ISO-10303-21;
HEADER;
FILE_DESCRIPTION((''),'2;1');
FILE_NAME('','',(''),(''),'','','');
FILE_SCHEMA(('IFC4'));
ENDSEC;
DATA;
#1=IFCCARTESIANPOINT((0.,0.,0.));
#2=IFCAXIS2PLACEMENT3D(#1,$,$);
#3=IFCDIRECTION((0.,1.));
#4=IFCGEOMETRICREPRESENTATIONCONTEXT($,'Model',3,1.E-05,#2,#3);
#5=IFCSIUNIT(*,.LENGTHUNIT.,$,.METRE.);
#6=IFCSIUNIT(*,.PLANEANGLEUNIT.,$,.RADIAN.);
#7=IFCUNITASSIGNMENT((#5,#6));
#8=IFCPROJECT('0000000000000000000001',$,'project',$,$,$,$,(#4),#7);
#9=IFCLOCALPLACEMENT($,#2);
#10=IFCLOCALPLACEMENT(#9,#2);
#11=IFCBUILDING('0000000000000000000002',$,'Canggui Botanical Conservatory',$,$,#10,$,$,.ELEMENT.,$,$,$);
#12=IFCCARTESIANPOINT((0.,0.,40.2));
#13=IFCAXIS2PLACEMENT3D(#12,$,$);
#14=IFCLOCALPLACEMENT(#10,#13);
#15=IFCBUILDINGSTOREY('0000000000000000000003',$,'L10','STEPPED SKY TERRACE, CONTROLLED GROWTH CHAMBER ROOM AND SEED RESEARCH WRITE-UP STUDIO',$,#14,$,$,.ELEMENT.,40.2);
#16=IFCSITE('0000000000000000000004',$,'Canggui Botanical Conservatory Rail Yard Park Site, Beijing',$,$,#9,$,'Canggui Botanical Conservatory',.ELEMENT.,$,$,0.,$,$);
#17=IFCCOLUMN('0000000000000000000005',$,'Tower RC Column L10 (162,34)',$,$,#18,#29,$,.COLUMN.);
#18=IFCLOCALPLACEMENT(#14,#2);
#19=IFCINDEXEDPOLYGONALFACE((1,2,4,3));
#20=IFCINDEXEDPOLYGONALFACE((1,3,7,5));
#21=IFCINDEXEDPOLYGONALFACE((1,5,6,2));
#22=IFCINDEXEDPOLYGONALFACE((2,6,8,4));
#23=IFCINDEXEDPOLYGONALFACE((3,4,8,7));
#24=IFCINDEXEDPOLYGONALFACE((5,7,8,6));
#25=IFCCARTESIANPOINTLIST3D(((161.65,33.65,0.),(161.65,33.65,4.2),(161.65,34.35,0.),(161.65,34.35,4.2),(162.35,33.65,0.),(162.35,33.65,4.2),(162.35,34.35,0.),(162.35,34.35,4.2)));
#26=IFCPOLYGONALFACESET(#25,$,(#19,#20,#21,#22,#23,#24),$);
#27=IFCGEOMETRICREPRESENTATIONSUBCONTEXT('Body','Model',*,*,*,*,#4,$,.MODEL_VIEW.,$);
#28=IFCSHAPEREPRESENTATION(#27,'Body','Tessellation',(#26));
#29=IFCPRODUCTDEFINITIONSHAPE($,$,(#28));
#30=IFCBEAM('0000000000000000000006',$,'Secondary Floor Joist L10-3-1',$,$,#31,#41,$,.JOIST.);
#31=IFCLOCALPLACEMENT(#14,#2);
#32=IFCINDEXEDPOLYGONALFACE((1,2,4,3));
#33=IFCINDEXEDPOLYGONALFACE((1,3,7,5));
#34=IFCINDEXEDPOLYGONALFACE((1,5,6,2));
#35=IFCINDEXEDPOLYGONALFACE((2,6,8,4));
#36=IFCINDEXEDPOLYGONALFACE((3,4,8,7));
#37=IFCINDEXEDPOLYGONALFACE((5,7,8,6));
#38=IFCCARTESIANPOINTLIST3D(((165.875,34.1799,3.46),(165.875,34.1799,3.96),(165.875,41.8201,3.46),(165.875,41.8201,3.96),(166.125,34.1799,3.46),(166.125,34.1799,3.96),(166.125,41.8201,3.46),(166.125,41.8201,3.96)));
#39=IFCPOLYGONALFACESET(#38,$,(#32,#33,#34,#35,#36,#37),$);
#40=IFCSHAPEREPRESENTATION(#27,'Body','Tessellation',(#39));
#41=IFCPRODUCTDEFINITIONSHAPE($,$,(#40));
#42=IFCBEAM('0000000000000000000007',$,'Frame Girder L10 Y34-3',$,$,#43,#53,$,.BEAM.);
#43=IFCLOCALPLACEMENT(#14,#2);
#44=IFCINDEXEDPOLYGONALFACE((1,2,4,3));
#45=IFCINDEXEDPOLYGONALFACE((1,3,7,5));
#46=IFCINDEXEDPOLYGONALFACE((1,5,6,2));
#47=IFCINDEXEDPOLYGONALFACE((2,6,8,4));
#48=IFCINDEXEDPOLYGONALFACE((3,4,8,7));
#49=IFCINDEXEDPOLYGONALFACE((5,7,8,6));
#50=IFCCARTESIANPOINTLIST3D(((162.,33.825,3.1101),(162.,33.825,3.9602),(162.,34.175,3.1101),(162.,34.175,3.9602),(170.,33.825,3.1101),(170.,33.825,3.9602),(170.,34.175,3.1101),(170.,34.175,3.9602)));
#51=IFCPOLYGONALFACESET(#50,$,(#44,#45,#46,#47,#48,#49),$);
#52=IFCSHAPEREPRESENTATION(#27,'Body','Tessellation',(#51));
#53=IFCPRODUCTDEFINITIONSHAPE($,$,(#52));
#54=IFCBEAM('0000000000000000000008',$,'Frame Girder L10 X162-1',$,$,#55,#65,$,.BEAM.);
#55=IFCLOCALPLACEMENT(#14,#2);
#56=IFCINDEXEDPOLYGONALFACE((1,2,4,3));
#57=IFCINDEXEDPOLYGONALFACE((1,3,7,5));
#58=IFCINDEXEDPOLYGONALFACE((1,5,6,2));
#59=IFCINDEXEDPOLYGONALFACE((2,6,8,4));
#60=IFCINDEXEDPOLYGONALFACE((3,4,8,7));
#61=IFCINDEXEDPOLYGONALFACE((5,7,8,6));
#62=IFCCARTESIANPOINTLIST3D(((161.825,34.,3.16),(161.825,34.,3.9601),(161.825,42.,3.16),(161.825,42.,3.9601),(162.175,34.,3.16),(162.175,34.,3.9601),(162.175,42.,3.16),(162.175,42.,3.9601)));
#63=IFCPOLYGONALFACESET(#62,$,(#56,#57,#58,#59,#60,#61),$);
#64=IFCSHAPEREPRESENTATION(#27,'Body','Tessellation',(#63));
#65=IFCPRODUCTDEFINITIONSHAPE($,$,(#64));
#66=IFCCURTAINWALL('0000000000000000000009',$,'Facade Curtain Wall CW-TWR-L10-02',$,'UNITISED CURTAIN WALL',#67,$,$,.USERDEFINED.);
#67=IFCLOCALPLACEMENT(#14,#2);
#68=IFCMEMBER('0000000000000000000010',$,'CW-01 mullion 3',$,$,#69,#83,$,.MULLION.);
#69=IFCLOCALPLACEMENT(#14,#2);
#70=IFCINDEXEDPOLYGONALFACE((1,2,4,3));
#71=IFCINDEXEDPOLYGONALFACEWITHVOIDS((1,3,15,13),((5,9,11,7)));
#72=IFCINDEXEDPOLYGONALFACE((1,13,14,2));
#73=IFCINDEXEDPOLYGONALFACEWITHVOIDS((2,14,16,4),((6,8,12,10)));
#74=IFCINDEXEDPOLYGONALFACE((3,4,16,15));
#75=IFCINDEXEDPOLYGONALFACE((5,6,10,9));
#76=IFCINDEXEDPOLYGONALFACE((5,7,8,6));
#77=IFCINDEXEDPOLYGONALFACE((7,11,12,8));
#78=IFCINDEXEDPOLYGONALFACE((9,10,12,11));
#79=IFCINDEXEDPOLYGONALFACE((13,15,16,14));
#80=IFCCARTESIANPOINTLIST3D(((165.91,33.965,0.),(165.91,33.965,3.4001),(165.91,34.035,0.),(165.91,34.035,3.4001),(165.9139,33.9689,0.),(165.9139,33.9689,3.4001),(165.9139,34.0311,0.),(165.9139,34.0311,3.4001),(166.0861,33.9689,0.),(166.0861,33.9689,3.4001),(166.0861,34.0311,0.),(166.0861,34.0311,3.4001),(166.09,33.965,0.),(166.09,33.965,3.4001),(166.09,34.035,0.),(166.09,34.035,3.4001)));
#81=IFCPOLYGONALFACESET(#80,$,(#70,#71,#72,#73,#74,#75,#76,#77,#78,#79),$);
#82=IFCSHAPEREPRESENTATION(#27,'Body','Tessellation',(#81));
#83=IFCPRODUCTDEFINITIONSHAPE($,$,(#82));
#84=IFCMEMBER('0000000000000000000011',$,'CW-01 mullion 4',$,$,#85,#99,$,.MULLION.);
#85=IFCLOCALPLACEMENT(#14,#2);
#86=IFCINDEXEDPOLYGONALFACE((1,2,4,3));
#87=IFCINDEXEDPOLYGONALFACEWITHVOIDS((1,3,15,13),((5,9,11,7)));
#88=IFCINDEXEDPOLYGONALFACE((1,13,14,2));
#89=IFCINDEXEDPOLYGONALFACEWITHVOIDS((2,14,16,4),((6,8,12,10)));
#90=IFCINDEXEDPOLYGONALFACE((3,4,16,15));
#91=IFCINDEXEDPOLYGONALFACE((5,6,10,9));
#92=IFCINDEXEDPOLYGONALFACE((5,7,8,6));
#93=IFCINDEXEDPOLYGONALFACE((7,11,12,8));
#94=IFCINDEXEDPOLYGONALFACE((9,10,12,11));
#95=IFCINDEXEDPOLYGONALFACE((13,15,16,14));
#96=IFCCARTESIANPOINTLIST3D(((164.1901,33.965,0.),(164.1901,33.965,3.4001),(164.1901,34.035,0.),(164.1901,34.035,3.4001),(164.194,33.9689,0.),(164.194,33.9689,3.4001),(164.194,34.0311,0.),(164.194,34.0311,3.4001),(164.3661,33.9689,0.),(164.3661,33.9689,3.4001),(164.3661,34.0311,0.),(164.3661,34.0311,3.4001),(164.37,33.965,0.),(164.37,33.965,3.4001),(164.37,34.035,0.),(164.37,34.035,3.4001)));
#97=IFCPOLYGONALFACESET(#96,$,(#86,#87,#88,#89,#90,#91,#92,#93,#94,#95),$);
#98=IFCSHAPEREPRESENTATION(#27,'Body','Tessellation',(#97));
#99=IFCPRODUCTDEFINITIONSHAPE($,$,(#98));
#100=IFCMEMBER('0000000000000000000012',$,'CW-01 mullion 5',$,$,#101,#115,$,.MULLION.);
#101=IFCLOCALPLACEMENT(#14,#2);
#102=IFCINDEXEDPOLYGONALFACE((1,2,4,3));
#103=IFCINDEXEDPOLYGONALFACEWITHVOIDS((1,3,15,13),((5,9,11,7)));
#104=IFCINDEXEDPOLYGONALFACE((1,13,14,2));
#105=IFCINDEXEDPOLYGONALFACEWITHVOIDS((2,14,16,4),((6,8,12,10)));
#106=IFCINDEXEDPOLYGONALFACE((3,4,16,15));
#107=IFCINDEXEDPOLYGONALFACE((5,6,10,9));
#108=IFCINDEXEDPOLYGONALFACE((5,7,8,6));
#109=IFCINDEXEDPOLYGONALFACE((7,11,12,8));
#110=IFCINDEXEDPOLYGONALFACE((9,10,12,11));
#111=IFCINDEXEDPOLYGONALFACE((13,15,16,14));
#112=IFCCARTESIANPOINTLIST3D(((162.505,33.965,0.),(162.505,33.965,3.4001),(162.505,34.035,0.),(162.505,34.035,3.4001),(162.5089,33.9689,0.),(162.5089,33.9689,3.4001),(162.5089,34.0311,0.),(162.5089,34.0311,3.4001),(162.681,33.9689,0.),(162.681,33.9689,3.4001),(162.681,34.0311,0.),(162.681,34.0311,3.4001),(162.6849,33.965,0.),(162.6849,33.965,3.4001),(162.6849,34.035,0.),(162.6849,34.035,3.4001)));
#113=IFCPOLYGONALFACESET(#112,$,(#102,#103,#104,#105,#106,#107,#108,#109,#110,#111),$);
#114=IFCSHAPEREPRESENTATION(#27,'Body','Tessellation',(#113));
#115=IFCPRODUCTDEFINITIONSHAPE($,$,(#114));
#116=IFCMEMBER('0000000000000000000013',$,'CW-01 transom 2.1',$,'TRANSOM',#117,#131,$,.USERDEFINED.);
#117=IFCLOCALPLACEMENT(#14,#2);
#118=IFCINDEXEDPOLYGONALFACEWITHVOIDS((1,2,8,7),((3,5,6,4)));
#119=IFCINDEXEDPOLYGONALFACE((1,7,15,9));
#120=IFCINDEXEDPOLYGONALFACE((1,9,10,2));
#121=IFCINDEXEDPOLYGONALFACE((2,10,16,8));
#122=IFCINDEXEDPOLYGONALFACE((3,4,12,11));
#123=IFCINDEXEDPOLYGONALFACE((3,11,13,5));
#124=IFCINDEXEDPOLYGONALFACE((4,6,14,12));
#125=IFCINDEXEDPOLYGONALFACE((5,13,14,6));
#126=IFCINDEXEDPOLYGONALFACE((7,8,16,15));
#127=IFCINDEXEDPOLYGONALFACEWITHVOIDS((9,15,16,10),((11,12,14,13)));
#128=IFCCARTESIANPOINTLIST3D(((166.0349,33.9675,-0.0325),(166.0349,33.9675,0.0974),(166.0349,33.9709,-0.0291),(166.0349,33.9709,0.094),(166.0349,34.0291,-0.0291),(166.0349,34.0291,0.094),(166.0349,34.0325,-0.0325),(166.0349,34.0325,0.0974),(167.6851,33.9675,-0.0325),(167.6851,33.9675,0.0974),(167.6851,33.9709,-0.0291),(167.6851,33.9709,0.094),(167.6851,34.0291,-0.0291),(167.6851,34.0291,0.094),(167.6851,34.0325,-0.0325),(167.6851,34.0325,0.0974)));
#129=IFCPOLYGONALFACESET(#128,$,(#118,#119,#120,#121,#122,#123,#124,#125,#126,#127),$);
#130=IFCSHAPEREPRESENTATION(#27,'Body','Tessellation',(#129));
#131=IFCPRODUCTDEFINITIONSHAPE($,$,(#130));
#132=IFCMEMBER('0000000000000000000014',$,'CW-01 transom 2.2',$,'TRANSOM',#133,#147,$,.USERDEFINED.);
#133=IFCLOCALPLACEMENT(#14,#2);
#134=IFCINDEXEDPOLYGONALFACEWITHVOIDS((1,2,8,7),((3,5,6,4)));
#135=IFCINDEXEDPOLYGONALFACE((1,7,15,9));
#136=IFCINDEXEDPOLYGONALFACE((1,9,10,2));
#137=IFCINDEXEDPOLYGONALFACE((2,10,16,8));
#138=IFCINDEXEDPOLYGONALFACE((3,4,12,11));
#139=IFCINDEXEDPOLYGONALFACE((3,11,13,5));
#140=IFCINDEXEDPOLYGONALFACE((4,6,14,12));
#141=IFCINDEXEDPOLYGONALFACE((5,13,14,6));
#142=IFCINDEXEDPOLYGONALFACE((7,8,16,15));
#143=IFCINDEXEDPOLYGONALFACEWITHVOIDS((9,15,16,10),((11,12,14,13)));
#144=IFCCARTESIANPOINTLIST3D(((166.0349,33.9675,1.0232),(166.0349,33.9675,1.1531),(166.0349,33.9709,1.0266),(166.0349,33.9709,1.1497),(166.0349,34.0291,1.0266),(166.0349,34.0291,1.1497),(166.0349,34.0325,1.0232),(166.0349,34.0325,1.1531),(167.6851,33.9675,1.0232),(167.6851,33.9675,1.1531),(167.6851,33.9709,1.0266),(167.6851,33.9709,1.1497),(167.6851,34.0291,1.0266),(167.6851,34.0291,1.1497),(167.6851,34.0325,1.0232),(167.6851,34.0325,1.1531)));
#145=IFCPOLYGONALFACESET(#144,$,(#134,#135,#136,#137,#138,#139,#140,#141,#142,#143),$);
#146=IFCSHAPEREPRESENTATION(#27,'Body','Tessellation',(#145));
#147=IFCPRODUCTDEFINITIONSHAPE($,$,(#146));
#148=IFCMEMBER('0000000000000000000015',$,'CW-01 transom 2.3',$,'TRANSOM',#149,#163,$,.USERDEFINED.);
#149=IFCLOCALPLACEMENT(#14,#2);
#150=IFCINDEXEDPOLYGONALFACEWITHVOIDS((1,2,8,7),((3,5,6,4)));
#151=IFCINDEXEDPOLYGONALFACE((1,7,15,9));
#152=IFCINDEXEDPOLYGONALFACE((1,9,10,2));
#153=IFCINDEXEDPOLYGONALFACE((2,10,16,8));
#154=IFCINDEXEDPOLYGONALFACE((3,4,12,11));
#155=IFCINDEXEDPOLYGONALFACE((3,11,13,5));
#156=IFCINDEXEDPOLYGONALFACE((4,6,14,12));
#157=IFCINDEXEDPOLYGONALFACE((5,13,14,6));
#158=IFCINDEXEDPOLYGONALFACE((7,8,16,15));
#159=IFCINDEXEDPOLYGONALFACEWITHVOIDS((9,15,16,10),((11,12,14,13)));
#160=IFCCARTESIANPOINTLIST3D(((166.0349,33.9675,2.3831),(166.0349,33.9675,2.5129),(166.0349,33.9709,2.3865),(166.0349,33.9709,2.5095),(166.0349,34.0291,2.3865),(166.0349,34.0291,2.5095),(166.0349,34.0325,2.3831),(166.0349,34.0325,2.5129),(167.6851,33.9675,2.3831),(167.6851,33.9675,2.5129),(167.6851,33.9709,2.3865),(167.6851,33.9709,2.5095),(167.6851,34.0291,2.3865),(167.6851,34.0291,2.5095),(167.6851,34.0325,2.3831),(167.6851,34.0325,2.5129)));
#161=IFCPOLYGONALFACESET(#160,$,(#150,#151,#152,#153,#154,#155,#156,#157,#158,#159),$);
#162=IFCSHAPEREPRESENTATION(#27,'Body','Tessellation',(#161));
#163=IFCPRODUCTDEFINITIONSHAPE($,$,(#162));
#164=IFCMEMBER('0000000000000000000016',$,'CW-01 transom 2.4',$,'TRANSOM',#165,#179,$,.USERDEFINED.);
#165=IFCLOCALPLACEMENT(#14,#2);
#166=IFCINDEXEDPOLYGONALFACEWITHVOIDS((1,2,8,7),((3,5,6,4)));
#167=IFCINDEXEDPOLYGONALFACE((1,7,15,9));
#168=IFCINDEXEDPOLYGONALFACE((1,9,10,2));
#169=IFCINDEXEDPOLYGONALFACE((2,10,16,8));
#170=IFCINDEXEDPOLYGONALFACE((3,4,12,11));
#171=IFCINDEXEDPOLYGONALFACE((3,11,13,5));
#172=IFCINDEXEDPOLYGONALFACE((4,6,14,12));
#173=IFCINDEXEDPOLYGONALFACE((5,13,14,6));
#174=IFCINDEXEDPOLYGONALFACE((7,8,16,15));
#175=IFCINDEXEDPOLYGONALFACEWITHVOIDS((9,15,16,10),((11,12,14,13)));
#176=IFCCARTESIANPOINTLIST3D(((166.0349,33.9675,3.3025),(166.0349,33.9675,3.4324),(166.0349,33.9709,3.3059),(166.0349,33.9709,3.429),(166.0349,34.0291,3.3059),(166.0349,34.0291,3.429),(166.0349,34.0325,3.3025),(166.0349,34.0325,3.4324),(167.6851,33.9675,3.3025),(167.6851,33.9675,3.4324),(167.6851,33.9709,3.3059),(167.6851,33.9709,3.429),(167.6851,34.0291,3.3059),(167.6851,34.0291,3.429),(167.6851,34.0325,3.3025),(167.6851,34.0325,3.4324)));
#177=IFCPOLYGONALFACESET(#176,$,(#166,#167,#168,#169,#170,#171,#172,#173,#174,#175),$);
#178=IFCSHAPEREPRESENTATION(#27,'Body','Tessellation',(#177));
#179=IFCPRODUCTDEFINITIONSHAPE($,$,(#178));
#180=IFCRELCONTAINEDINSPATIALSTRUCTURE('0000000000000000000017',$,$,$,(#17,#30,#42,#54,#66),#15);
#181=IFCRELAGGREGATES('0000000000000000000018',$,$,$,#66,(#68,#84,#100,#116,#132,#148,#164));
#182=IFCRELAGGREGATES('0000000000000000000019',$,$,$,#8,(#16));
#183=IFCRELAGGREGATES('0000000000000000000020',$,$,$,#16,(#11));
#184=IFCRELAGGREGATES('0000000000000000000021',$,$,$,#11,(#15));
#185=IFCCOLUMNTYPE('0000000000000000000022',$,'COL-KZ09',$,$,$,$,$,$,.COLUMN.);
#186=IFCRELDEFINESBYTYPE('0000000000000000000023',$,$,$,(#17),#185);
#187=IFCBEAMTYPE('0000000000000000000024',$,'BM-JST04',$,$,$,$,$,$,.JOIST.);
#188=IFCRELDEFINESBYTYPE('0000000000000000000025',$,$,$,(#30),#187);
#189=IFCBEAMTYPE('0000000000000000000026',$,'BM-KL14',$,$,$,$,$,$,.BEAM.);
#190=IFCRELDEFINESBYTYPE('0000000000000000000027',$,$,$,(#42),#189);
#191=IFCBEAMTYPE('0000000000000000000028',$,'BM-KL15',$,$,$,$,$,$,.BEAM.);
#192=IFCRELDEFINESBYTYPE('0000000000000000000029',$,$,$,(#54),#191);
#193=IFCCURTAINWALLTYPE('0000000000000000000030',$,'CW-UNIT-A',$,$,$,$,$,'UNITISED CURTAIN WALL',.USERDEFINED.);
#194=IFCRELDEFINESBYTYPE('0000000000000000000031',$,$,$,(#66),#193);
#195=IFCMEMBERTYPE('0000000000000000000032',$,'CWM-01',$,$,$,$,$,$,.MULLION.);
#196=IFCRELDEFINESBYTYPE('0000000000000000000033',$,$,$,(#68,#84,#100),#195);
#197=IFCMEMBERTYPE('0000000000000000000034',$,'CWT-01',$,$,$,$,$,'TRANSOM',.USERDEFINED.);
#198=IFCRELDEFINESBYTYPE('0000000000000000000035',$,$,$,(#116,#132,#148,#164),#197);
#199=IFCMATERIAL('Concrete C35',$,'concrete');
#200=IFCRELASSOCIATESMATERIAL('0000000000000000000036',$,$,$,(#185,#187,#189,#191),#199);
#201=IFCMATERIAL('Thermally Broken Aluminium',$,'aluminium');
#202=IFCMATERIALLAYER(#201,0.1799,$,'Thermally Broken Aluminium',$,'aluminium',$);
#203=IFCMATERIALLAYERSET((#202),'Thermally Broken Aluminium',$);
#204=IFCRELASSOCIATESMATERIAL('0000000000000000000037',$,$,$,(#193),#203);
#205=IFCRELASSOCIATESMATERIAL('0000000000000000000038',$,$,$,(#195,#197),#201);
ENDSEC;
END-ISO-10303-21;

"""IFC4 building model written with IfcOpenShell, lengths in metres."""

from ifc_helpers import new_model, si_unit, direction, frame, origin, origin_2d, place, context, subcontext, project, spatial, rectangle, hollow_rectangle, extrude, material, layer, layer_set, material_profile, profile_set, type_object, element, aggregate, save


model = new_model("IFC4")

# Units and contexts
model_context = context("Model", 3, precision=1e-05, world=origin(), true_north=direction((0.0, 1.0)))
body_context = subcontext(model_context, "Body", "Model", "MODEL_VIEW")
ifc_project = project(units=[si_unit("LENGTHUNIT", "METRE"), si_unit("PLANEANGLEUNIT", "RADIAN")], contexts=[model_context])

# Site, building, storey
site_placement = place(None, origin())
site = spatial("IfcSite", under=ifc_project, at=site_placement, Name="Canggui Botanical Conservatory Rail Yard Park Site, Beijing", LongName="Canggui Botanical Conservatory", CompositionType="ELEMENT", RefElevation=0.0)
building_placement = place(site_placement, origin())
building = spatial("IfcBuilding", under=site, at=building_placement, Name="Canggui Botanical Conservatory", CompositionType="ELEMENT")
storey_placement = place(building_placement, frame((0.0, 0.0, 40.2)))
storey = spatial("IfcBuildingStorey", under=building, at=storey_placement, Name="L10", Description="STEPPED SKY TERRACE, CONTROLLED GROWTH CHAMBER ROOM AND SEED RESEARCH WRITE-UP STUDIO", CompositionType="ELEMENT", Elevation=40.2)

# Column
ifc_material_1 = material(Name="Concrete C35", Category="concrete")
ifc_material_profile_1 = material_profile(ifc_material_1, rectangle(XDim=0.7, YDim=0.7, at=origin_2d()), Name="RC 700x700")
ifc_profile_set_1 = profile_set([ifc_material_profile_1], Name="Concrete C35")
column_type = type_object("IfcColumnType", Name="COL-KZ09", PredefinedType="COLUMN", material=ifc_profile_set_1)
column_placement = place(storey_placement, frame((162.0, 34.0, 0.0), z_axis=(0.0, 0.0, 1.0), x_axis=(1.0, 0.0, 0.0)))
element("IfcColumn", 1, at=column_placement, inside=storey, type_object=column_type, Name="Tower RC Column L10 (162,34)", PredefinedType="COLUMN", context=body_context, shape_type="SweptSolid", body=[
    extrude(rectangle(XDim=0.7, YDim=0.7, at=origin_2d()), origin(), (0.0, 0.0, 1.0), 4.2),
])

# Beams
ifc_material_profile_2 = material_profile(ifc_material_1, rectangle(XDim=0.25, YDim=0.5, at=origin_2d()), Name="RB 250x500")
ifc_profile_set_2 = profile_set([ifc_material_profile_2], Name="Concrete C35")
beam_type_1 = type_object("IfcBeamType", Name="BM-JST04", PredefinedType="JOIST", material=ifc_profile_set_2)
beam_1_placement = place(storey_placement, frame((166.0, 34.1799, 3.71), z_axis=(0.0, 1.0, 0.0), x_axis=(-1.0, 0.0, 0.0)))
element("IfcBeam", 2, at=beam_1_placement, inside=storey, type_object=beam_type_1, Name="Secondary Floor Joist L10-3-1", PredefinedType="JOIST", context=body_context, shape_type="SweptSolid", body=[
    extrude(rectangle(XDim=0.25, YDim=0.5, at=origin_2d()), origin(), (0.0, 0.0, 1.0), 7.6401),
])
ifc_material_profile_3 = material_profile(ifc_material_1, rectangle(XDim=0.3501, YDim=0.8501, at=origin_2d()), Name="RB 350x850")
ifc_profile_set_3 = profile_set([ifc_material_profile_3], Name="Concrete C35")
beam_type_2 = type_object("IfcBeamType", Name="BM-KL14", PredefinedType="BEAM", material=ifc_profile_set_3)
beam_2_placement = place(storey_placement, frame((162.0, 34.0, 3.5352), z_axis=(1.0, 0.0, 0.0), x_axis=(0.0, 1.0, 0.0)))
element("IfcBeam", 3, at=beam_2_placement, inside=storey, type_object=beam_type_2, Name="Frame Girder L10 Y34-3", PredefinedType="BEAM", context=body_context, shape_type="SweptSolid", body=[
    extrude(rectangle(XDim=0.3501, YDim=0.8501, at=origin_2d()), origin(), (0.0, 0.0, 1.0), 8.0),
])
ifc_material_profile_4 = material_profile(ifc_material_1, rectangle(XDim=0.3501, YDim=0.8, at=origin_2d()), Name="RB 350x800")
ifc_profile_set_4 = profile_set([ifc_material_profile_4], Name="Concrete C35")
beam_type_3 = type_object("IfcBeamType", Name="BM-KL15", PredefinedType="BEAM", material=ifc_profile_set_4)
beam_3_placement = place(storey_placement, frame((162.0, 34.0, 3.5601), z_axis=(0.0, 1.0, 0.0), x_axis=(-1.0, 0.0, 0.0)))
element("IfcBeam", 4, at=beam_3_placement, inside=storey, type_object=beam_type_3, Name="Frame Girder L10 X162-1", PredefinedType="BEAM", context=body_context, shape_type="SweptSolid", body=[
    extrude(rectangle(XDim=0.3501, YDim=0.8, at=origin_2d()), origin(), (0.0, 0.0, 1.0), 8.0),
])

# Curtain wall, members
ifc_material_2 = material(Name="Thermally Broken Aluminium", Category="aluminium")
ifc_layer_1 = layer(ifc_material_2, 0.1799, Name="Thermally Broken Aluminium", Category="aluminium")
ifc_layer_set_1 = layer_set([ifc_layer_1], Name="Thermally Broken Aluminium")
curtain_wall_type = type_object("IfcCurtainWallType", Name="CW-UNIT-A", ElementType="UNITISED CURTAIN WALL", PredefinedType="USERDEFINED", material=ifc_layer_set_1)
curtain_wall_placement = place(storey_placement, origin())
curtain_wall = element("IfcCurtainWall", 5, at=curtain_wall_placement, inside=storey, type_object=curtain_wall_type, Name="Facade Curtain Wall CW-TWR-L10-02", ObjectType="UNITISED CURTAIN WALL", PredefinedType="USERDEFINED")
ifc_material_profile_5 = material_profile(ifc_material_2, hollow_rectangle(XDim=0.0701, YDim=0.1799, WallThickness=0.0039, at=origin_2d()), Name="CWM 70x180x4")
ifc_profile_set_5 = profile_set([ifc_material_profile_5], Name="Thermally Broken Aluminium")
member_type_1 = type_object("IfcMemberType", Name="CWM-01", PredefinedType="MULLION", material=ifc_profile_set_5)
member_1_placement = place(storey_placement, frame((166.0, 34.0, 0.0), z_axis=(0.0, 0.0, 1.0), x_axis=(0.0, -1.0, 0.0)))
member_1 = element("IfcMember", 6, at=member_1_placement, type_object=member_type_1, Name="CW-01 mullion 3", PredefinedType="MULLION", context=body_context, shape_type="SweptSolid", body=[
    extrude(hollow_rectangle(XDim=0.0701, YDim=0.1799, WallThickness=0.0039, at=origin_2d()), origin(), (0.0, 0.0, 1.0), 3.4001),
])
member_2_placement = place(storey_placement, frame((164.28, 34.0, 0.0), z_axis=(0.0, 0.0, 1.0), x_axis=(0.0, -1.0, 0.0)))
member_2 = element("IfcMember", 7, at=member_2_placement, type_object=member_type_1, Name="CW-01 mullion 4", PredefinedType="MULLION", context=body_context, shape_type="SweptSolid", body=[
    extrude(hollow_rectangle(XDim=0.0701, YDim=0.1799, WallThickness=0.0039, at=origin_2d()), origin(), (0.0, 0.0, 1.0), 3.4001),
])
member_3_placement = place(storey_placement, frame((162.595, 34.0, 0.0), z_axis=(0.0, 0.0, 1.0), x_axis=(0.0, -1.0, 0.0)))
member_3 = element("IfcMember", 8, at=member_3_placement, type_object=member_type_1, Name="CW-01 mullion 5", PredefinedType="MULLION", context=body_context, shape_type="SweptSolid", body=[
    extrude(hollow_rectangle(XDim=0.0701, YDim=0.1799, WallThickness=0.0039, at=origin_2d()), origin(), (0.0, 0.0, 1.0), 3.4001),
])
ifc_material_profile_6 = material_profile(ifc_material_2, hollow_rectangle(XDim=0.0649, YDim=0.1299, WallThickness=0.0034, at=origin_2d()), Name="CWT 65x130x3.5")
ifc_profile_set_6 = profile_set([ifc_material_profile_6], Name="Thermally Broken Aluminium")
member_type_2 = type_object("IfcMemberType", Name="CWT-01", ElementType="TRANSOM", PredefinedType="USERDEFINED", material=ifc_profile_set_6)
member_4_placement = place(storey_placement, frame((167.6851, 34.0, 0.0325), z_axis=(-1.0, 0.0, 0.0), x_axis=(0.0, -1.0, 0.0)))
member_4 = element("IfcMember", 9, at=member_4_placement, type_object=member_type_2, Name="CW-01 transom 2.1", ObjectType="TRANSOM", PredefinedType="USERDEFINED", context=body_context, shape_type="SweptSolid", body=[
    extrude(hollow_rectangle(XDim=0.0649, YDim=0.1299, WallThickness=0.0034, at=origin_2d()), origin(), (0.0, 0.0, 1.0), 1.6501),
])
member_5_placement = place(storey_placement, frame((167.6851, 34.0, 1.0881), z_axis=(-1.0, 0.0, 0.0), x_axis=(0.0, -1.0, 0.0)))
member_5 = element("IfcMember", 10, at=member_5_placement, type_object=member_type_2, Name="CW-01 transom 2.2", ObjectType="TRANSOM", PredefinedType="USERDEFINED", context=body_context, shape_type="SweptSolid", body=[
    extrude(hollow_rectangle(XDim=0.0649, YDim=0.1299, WallThickness=0.0034, at=origin_2d()), origin(), (0.0, 0.0, 1.0), 1.6501),
])
member_6_placement = place(storey_placement, frame((167.6851, 34.0, 2.448), z_axis=(-1.0, 0.0, 0.0), x_axis=(0.0, -1.0, 0.0)))
member_6 = element("IfcMember", 11, at=member_6_placement, type_object=member_type_2, Name="CW-01 transom 2.3", ObjectType="TRANSOM", PredefinedType="USERDEFINED", context=body_context, shape_type="SweptSolid", body=[
    extrude(hollow_rectangle(XDim=0.0649, YDim=0.1299, WallThickness=0.0034, at=origin_2d()), origin(), (0.0, 0.0, 1.0), 1.6501),
])
member_7_placement = place(storey_placement, frame((167.6851, 34.0, 3.3674), z_axis=(-1.0, 0.0, 0.0), x_axis=(0.0, -1.0, 0.0)))
member_7 = element("IfcMember", 12, at=member_7_placement, type_object=member_type_2, Name="CW-01 transom 2.4", ObjectType="TRANSOM", PredefinedType="USERDEFINED", context=body_context, shape_type="SweptSolid", body=[
    extrude(hollow_rectangle(XDim=0.0649, YDim=0.1299, WallThickness=0.0034, at=origin_2d()), origin(), (0.0, 0.0, 1.0), 1.6501),
])
aggregate(curtain_wall, [member_1, member_2, member_3, member_4, member_5, member_6, member_7])

save(model, "model.ifc")
